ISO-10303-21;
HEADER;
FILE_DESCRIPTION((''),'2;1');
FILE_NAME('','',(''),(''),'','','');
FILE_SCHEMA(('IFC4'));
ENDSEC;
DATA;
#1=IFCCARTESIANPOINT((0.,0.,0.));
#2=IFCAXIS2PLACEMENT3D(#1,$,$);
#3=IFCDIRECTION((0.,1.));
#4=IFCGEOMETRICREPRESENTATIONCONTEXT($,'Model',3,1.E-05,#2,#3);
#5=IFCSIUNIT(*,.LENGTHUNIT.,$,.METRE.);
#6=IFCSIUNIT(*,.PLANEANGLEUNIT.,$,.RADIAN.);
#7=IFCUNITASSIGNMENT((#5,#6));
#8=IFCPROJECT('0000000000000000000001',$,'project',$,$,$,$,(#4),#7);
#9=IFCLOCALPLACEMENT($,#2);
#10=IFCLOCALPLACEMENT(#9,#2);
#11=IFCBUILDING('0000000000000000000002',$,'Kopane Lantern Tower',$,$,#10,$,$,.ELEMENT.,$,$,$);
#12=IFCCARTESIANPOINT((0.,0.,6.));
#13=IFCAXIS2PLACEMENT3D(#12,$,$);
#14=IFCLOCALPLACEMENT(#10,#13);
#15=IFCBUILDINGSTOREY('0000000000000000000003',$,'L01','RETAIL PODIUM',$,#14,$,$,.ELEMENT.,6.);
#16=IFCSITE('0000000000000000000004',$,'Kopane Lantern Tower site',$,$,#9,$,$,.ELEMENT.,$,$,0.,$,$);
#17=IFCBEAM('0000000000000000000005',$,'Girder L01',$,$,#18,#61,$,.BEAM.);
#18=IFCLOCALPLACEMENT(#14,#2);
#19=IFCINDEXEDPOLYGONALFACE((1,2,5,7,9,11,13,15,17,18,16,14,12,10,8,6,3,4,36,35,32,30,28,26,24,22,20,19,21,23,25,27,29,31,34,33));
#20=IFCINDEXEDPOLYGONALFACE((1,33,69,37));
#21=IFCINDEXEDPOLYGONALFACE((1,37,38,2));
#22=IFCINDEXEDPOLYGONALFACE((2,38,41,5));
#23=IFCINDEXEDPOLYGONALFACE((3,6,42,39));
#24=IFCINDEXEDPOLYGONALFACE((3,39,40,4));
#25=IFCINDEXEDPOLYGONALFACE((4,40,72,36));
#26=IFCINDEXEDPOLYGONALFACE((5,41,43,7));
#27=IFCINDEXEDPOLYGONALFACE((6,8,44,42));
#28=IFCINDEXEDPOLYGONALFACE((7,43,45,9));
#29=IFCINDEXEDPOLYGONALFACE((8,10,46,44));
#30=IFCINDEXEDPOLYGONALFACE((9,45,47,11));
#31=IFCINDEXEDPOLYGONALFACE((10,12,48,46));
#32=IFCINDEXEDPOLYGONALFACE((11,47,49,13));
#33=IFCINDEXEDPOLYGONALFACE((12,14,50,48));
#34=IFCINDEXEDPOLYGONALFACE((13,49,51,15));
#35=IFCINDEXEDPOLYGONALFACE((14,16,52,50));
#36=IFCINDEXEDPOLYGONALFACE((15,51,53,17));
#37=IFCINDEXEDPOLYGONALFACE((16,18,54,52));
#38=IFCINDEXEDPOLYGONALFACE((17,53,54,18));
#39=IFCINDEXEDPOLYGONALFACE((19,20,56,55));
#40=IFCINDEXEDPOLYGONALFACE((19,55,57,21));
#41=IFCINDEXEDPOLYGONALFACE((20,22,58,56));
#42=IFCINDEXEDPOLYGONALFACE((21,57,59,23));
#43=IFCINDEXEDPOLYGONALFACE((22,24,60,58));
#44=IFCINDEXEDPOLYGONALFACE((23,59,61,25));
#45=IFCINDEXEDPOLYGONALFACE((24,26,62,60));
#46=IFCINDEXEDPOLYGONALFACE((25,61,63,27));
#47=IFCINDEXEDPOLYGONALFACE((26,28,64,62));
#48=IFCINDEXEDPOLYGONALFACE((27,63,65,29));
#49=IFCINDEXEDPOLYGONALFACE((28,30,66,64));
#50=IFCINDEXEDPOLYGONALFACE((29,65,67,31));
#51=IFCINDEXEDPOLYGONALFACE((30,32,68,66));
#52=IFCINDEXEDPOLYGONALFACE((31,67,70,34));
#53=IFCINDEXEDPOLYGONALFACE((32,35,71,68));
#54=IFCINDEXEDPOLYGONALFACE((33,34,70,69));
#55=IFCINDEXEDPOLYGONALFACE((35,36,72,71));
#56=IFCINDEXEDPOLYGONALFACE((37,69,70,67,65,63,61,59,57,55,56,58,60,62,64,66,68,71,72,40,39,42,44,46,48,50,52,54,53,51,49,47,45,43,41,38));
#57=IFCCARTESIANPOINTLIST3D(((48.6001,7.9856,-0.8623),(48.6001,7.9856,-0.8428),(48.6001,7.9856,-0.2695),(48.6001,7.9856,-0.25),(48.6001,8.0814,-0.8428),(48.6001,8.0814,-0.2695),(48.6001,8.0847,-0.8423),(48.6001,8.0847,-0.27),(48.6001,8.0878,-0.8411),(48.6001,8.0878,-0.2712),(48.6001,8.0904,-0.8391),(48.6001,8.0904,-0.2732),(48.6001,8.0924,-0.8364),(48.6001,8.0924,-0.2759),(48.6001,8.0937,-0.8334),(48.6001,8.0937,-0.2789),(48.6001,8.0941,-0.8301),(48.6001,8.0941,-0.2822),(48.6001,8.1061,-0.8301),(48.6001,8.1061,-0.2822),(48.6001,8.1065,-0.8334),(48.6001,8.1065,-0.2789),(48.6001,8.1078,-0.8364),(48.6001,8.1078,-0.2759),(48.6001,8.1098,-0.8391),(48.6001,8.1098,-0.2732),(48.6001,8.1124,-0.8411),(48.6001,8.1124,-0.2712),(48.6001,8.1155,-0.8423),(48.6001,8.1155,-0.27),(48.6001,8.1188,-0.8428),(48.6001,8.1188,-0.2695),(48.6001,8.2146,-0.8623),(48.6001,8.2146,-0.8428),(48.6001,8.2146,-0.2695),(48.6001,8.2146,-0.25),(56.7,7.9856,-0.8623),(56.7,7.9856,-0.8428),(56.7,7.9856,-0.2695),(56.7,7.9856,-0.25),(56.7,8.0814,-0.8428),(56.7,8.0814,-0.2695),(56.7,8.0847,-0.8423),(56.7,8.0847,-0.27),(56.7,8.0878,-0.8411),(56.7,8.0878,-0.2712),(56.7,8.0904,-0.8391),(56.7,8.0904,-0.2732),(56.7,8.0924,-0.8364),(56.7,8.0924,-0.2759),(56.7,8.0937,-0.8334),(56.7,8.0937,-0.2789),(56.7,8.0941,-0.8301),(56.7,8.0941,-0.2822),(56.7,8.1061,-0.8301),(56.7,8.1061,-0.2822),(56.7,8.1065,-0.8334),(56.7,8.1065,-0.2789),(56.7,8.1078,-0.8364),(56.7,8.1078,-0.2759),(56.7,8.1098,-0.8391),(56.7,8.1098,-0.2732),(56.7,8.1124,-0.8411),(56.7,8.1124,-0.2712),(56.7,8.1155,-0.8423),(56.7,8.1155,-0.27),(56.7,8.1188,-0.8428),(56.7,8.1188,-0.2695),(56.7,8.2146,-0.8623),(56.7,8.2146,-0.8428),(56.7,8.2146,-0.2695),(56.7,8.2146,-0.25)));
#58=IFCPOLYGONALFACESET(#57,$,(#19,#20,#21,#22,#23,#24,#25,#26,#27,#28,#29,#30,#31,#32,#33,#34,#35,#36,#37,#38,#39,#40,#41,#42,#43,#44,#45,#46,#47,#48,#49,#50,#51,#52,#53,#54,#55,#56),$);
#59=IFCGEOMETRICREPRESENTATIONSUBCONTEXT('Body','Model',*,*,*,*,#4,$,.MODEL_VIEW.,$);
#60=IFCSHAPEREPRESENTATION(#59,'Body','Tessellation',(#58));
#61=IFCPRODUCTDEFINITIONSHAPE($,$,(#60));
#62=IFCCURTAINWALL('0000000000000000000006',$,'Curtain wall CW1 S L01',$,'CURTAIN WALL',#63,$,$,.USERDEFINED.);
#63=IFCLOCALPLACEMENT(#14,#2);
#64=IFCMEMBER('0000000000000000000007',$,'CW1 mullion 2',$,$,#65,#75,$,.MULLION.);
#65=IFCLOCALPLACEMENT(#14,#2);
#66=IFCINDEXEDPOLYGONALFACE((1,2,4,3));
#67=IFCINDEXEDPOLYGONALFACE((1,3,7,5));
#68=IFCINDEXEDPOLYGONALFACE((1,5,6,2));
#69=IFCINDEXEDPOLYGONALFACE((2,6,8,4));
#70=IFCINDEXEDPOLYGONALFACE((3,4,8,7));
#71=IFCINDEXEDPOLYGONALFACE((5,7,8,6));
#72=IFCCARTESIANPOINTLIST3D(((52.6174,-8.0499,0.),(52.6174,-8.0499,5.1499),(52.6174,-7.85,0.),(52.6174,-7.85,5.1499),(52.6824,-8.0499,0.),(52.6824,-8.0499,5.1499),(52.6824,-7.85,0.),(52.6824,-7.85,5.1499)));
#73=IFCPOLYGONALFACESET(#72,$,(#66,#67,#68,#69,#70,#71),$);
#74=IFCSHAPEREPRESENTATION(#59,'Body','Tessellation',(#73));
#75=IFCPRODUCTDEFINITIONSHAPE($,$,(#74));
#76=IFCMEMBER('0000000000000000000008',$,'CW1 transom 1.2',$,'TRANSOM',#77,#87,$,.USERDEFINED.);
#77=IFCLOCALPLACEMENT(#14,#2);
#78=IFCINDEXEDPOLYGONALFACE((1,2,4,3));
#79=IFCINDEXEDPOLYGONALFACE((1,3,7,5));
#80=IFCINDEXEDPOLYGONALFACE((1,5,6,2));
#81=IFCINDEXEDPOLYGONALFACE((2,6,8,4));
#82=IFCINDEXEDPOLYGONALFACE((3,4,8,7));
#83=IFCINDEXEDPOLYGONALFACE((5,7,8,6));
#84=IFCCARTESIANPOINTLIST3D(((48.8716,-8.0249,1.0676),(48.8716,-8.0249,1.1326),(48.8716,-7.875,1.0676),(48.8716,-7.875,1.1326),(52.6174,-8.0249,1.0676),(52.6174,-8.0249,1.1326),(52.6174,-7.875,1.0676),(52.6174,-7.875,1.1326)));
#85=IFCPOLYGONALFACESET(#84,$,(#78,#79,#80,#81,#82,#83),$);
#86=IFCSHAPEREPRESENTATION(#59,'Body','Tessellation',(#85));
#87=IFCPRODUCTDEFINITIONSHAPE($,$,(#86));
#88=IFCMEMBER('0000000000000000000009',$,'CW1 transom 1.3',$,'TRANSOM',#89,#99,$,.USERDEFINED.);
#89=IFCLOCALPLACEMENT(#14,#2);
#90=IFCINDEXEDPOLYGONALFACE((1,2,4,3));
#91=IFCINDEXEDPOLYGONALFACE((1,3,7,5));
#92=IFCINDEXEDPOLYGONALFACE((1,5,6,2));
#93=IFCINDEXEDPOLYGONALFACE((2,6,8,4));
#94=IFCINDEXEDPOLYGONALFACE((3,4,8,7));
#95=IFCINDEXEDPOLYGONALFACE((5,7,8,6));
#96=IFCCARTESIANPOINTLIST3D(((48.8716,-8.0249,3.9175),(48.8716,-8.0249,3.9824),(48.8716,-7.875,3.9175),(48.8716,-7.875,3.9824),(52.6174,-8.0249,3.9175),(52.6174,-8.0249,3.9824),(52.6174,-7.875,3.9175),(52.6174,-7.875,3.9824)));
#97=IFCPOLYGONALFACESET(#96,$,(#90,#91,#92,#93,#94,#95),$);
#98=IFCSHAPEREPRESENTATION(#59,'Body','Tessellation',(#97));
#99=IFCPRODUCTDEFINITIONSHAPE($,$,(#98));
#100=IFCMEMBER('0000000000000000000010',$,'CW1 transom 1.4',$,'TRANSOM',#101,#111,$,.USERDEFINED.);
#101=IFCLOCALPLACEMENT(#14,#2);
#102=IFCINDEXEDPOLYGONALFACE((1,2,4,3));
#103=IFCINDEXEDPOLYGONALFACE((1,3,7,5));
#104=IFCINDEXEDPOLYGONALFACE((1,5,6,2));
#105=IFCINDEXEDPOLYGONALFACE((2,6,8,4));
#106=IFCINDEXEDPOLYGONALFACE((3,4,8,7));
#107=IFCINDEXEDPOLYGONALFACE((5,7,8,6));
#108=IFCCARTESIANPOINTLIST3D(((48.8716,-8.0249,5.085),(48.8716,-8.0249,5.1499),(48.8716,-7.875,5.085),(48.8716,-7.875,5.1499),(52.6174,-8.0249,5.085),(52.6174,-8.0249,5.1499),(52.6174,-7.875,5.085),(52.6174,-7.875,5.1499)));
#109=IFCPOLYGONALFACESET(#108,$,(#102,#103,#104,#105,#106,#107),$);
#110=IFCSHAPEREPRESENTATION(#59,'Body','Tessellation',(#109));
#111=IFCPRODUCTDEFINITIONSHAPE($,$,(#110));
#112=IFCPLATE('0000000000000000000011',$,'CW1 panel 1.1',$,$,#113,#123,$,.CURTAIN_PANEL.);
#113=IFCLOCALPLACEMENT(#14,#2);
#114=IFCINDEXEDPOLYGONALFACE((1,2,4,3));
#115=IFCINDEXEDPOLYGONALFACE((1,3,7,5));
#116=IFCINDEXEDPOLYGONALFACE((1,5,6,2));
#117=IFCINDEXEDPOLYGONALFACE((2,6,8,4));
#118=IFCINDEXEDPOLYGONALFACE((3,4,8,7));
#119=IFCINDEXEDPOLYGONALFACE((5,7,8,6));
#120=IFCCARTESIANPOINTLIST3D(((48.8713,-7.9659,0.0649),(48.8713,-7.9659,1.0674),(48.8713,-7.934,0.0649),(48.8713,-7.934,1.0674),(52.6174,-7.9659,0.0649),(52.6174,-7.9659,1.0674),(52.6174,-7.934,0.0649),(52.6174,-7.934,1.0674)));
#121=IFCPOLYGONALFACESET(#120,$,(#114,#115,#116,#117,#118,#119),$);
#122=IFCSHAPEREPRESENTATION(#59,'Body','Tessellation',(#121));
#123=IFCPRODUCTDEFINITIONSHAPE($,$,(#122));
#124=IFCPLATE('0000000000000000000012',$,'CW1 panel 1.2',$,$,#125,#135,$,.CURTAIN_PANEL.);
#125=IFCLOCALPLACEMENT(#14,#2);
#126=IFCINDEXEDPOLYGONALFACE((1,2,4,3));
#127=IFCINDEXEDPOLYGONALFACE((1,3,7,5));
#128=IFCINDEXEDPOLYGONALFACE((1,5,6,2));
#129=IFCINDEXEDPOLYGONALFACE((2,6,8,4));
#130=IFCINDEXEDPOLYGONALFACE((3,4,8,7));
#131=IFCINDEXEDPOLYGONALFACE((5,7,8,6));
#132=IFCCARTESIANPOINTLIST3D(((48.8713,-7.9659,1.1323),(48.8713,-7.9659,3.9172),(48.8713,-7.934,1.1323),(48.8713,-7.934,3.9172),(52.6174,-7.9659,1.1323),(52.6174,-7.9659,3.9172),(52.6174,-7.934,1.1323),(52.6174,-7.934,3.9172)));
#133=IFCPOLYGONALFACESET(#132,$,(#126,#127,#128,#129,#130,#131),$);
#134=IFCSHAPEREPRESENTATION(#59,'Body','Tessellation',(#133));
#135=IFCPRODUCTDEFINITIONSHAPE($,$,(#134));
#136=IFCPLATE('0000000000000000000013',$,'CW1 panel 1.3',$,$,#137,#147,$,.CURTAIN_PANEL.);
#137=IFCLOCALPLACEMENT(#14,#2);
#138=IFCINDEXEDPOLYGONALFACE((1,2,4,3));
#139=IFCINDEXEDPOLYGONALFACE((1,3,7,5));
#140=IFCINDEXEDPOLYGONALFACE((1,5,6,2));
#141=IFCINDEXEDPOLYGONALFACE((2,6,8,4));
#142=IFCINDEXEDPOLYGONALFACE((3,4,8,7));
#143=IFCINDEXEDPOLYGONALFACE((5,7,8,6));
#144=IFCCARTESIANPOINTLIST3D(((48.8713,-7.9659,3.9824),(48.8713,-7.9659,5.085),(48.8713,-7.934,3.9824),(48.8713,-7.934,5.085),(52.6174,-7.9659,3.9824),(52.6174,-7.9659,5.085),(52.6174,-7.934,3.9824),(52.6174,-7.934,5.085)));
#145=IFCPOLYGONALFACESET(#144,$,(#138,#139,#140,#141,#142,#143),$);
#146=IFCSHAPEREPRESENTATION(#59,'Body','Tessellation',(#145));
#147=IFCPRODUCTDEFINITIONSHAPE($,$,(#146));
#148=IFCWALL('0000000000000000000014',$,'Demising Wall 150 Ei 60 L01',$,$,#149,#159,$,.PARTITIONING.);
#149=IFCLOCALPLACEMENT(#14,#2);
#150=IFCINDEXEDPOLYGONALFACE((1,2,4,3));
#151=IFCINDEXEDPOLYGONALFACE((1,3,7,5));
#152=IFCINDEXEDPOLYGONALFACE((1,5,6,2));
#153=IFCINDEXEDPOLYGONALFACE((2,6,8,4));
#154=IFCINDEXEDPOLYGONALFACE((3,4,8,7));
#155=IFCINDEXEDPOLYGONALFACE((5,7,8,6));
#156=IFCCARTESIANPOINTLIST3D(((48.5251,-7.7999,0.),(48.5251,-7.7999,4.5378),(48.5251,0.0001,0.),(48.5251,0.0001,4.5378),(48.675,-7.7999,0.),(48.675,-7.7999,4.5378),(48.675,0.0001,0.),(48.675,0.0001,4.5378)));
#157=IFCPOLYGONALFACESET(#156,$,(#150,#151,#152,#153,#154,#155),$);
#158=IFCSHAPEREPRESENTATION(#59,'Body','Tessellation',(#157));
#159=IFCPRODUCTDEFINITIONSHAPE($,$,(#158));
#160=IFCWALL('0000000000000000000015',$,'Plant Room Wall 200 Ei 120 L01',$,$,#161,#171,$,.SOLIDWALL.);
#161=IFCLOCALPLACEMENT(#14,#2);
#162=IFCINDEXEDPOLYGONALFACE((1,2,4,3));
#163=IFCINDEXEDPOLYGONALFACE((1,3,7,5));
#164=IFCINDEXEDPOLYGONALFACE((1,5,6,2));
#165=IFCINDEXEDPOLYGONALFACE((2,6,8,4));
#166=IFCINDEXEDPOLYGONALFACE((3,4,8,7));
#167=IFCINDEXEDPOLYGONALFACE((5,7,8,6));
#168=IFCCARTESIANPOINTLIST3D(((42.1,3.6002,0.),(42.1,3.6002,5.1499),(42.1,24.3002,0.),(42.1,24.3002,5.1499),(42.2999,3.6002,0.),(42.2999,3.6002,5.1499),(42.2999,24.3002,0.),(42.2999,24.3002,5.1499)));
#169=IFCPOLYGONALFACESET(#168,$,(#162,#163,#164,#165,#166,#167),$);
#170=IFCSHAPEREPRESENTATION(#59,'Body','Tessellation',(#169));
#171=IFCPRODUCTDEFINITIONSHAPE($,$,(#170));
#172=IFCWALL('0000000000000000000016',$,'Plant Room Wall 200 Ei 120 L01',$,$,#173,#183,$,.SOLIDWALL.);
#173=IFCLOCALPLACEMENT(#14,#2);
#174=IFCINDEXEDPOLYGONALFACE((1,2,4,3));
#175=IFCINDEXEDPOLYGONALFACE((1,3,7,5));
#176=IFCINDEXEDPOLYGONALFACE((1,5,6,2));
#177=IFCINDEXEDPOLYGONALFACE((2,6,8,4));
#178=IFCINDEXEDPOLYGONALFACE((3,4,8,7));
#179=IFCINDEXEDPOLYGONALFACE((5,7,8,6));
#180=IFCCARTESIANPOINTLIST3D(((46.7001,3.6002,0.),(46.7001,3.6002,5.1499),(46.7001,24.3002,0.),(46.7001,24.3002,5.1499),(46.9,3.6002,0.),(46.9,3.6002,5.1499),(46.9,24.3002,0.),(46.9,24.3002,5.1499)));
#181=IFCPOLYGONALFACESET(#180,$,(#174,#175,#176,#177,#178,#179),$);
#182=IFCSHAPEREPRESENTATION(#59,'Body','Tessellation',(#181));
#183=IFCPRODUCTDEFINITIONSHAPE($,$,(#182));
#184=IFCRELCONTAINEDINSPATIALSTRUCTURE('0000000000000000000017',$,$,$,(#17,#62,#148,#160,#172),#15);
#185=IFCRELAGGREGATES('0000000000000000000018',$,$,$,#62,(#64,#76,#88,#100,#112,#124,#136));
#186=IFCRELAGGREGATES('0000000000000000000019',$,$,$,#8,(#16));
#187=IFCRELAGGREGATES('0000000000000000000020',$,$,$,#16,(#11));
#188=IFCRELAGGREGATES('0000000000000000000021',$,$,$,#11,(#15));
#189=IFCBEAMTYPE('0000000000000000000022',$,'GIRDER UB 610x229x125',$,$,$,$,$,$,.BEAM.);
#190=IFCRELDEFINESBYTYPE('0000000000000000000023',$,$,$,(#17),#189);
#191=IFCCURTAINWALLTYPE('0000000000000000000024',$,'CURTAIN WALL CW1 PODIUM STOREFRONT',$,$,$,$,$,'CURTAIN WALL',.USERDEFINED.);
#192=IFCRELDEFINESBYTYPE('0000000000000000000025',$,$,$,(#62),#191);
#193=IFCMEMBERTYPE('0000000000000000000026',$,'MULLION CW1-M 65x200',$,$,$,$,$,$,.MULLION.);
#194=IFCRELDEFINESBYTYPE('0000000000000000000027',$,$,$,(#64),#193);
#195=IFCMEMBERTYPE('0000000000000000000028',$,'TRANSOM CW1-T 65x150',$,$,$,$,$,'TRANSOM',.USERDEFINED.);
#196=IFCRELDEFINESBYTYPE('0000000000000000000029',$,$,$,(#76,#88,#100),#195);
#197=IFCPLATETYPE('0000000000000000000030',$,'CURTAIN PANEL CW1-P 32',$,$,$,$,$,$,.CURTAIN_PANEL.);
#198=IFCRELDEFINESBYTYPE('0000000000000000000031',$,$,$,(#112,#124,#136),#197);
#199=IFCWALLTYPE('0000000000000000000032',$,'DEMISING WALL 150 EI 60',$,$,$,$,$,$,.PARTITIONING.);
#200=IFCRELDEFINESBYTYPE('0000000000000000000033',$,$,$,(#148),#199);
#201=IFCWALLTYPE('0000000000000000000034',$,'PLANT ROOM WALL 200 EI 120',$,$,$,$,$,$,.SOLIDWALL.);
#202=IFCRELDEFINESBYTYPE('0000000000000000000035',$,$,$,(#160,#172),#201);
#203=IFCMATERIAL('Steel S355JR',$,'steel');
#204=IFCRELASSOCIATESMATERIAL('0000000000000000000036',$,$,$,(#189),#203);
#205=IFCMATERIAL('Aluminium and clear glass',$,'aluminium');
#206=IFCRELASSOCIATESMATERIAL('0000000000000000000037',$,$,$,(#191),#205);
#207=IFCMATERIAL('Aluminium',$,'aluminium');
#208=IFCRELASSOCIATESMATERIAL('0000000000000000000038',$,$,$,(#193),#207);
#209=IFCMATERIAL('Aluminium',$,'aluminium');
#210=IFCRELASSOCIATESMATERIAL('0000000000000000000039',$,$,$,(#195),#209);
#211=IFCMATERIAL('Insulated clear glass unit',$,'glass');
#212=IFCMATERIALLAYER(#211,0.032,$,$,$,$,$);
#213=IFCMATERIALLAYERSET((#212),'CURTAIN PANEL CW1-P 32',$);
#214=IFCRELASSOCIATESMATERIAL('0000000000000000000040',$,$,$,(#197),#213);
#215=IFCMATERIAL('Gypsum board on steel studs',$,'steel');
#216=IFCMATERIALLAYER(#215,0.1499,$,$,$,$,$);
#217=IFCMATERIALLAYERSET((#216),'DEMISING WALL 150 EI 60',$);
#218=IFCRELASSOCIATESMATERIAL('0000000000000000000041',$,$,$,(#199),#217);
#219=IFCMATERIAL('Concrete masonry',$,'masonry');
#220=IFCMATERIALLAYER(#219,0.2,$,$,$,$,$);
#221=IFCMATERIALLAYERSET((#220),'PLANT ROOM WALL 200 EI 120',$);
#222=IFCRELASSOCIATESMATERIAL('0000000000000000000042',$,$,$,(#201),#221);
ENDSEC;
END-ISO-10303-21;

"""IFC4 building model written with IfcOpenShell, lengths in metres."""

from ifc_helpers import new_model, si_unit, direction, frame, frame_2d, origin, origin_2d, place, context, subcontext, project, spatial, rectangle, i_section, extrude, material, layer, layer_set, material_profile, profile_set, type_object, element, aggregate, save


model = new_model("IFC4")

# Units and contexts
model_context = context("Model", 3, precision=1e-05, world=origin(), true_north=direction((0.0, 1.0)))
body_context = subcontext(model_context, "Body", "Model", "MODEL_VIEW")
ifc_project = project(units=[si_unit("LENGTHUNIT", "METRE"), si_unit("PLANEANGLEUNIT", "RADIAN")], contexts=[model_context])

# Site, building, storey
site_placement = place(None, origin())
site = spatial("IfcSite", under=ifc_project, at=site_placement, Name="Kopane Lantern Tower site", CompositionType="ELEMENT", RefElevation=0.0)
building_placement = place(site_placement, origin())
building = spatial("IfcBuilding", under=site, at=building_placement, Name="Kopane Lantern Tower", CompositionType="ELEMENT")
storey_placement = place(building_placement, frame((0.0, 0.0, 6.0)))
storey = spatial("IfcBuildingStorey", under=building, at=storey_placement, Name="L01", Description="RETAIL PODIUM", CompositionType="ELEMENT", Elevation=6.0)

# Beam
ifc_material_1 = material(Name="Steel S355JR", Category="steel")
ifc_material_profile_1 = material_profile(ifc_material_1, i_section(OverallWidth=0.229, OverallDepth=0.6123, WebThickness=0.012, FlangeThickness=0.0195, FilletRadius=0.0127, at=origin_2d()), Name="UB 610x229x125")
ifc_profile_set_1 = profile_set([ifc_material_profile_1], Name="Steel S355JR")
beam_type = type_object("IfcBeamType", Name="GIRDER UB 610x229x125", PredefinedType="BEAM", material=ifc_profile_set_1)
for number, where, z_axis, x_axis, name in (
    (1, (48.6001, 8.1001, -0.5562), (1.0, 0.0, 0.0), (0.0, 1.0, 0.0), "Girder L01"),
):
    element("IfcBeam", number, at=place(storey_placement, frame(where, z_axis=z_axis, x_axis=x_axis)), inside=storey, type_object=beam_type, Name=name, PredefinedType="BEAM", context=body_context, shape_type="SweptSolid", body=[
        extrude(i_section(OverallWidth=0.229, OverallDepth=0.6123, WebThickness=0.012, FlangeThickness=0.0195, FilletRadius=0.0127, at=origin_2d()), origin(), (0.0, 0.0, 1.0), 8.0999),
    ])

# Curtain wall, members, plates
ifc_material_2 = material(Name="Aluminium and clear glass", Category="aluminium")
curtain_wall_type = type_object("IfcCurtainWallType", Name="CURTAIN WALL CW1 PODIUM STOREFRONT", ElementType="CURTAIN WALL", PredefinedType="USERDEFINED", material=ifc_material_2)
curtain_wall_placement = place(storey_placement, origin())
curtain_wall = element("IfcCurtainWall", 2, at=curtain_wall_placement, inside=storey, type_object=curtain_wall_type, Name="Curtain wall CW1 S L01", ObjectType="CURTAIN WALL", PredefinedType="USERDEFINED")
ifc_material_3 = material(Name="Aluminium", Category="aluminium")
ifc_material_profile_2 = material_profile(ifc_material_3, rectangle(XDim=0.0649, YDim=0.2, at=origin_2d()), Name="AL 65x200")
ifc_profile_set_2 = profile_set([ifc_material_profile_2], Name="Aluminium")
member_type_1 = type_object("IfcMemberType", Name="MULLION CW1-M 65x200", PredefinedType="MULLION", material=ifc_profile_set_2)
member_1_placement = place(storey_placement, frame((52.6499, -7.95, 0.0), z_axis=(0.0, 0.0, 1.0), x_axis=(1.0, 0.0, 0.0)))
member_1 = element("IfcMember", 3, at=member_1_placement, type_object=member_type_1, Name="CW1 mullion 2", PredefinedType="MULLION", context=body_context, shape_type="SweptSolid", body=[
    extrude(rectangle(XDim=0.0649, YDim=0.2, at=origin_2d()), origin(), (0.0, 0.0, 1.0), 5.1499),
])
ifc_material_4 = material(Name="Aluminium", Category="aluminium")
ifc_material_profile_3 = material_profile(ifc_material_4, rectangle(XDim=0.1499, YDim=0.0649, at=origin_2d()), Name="AL 150x65")
ifc_profile_set_3 = profile_set([ifc_material_profile_3], Name="Aluminium")
member_type_2 = type_object("IfcMemberType", Name="TRANSOM CW1-T 65x150", ElementType="TRANSOM", PredefinedType="USERDEFINED", material=ifc_profile_set_3)
member_2_placement = place(storey_placement, frame((48.8716, -7.95, 1.1001), z_axis=(1.0, 0.0, 0.0), x_axis=(0.0, 1.0, 0.0)))
member_2 = element("IfcMember", 4, at=member_2_placement, type_object=member_type_2, Name="CW1 transom 1.2", ObjectType="TRANSOM", PredefinedType="USERDEFINED", context=body_context, shape_type="SweptSolid", body=[
    extrude(rectangle(XDim=0.1499, YDim=0.0649, at=origin_2d()), origin(), (0.0, 0.0, 1.0), 3.7458),
])
member_3_placement = place(storey_placement, frame((48.8716, -7.95, 3.95), z_axis=(1.0, 0.0, 0.0), x_axis=(0.0, 1.0, 0.0)))
member_3 = element("IfcMember", 5, at=member_3_placement, type_object=member_type_2, Name="CW1 transom 1.3", ObjectType="TRANSOM", PredefinedType="USERDEFINED", context=body_context, shape_type="SweptSolid", body=[
    extrude(rectangle(XDim=0.1499, YDim=0.0649, at=origin_2d()), origin(), (0.0, 0.0, 1.0), 3.7458),
])
member_4_placement = place(storey_placement, frame((48.8716, -7.95, 5.1174), z_axis=(1.0, 0.0, 0.0), x_axis=(0.0, 1.0, 0.0)))
member_4 = element("IfcMember", 6, at=member_4_placement, type_object=member_type_2, Name="CW1 transom 1.4", ObjectType="TRANSOM", PredefinedType="USERDEFINED", context=body_context, shape_type="SweptSolid", body=[
    extrude(rectangle(XDim=0.1499, YDim=0.0649, at=origin_2d()), origin(), (0.0, 0.0, 1.0), 3.7458),
])
ifc_material_5 = material(Name="Insulated clear glass unit", Category="glass")
ifc_layer_1 = layer(ifc_material_5, 0.032)
ifc_layer_set_1 = layer_set([ifc_layer_1], Name="CURTAIN PANEL CW1-P 32")
plate_type = type_object("IfcPlateType", Name="CURTAIN PANEL CW1-P 32", PredefinedType="CURTAIN_PANEL", material=ifc_layer_set_1)
plate_1_placement = place(storey_placement, frame((50.7444, -7.95, 0.0649), z_axis=(0.0, 0.0, 1.0), x_axis=(1.0, 0.0, 0.0)))
plate_1 = element("IfcPlate", 7, at=plate_1_placement, type_object=plate_type, Name="CW1 panel 1.1", PredefinedType="CURTAIN_PANEL", context=body_context, shape_type="SweptSolid", body=[
    extrude(rectangle(XDim=3.7461, YDim=0.032, at=origin_2d()), origin(), (0.0, 0.0, 1.0), 1.0024),
])
plate_2_placement = place(storey_placement, frame((50.7444, -7.95, 1.1323), z_axis=(0.0, 0.0, 1.0), x_axis=(1.0, 0.0, 0.0)))
plate_2 = element("IfcPlate", 8, at=plate_2_placement, type_object=plate_type, Name="CW1 panel 1.2", PredefinedType="CURTAIN_PANEL", context=body_context, shape_type="SweptSolid", body=[
    extrude(rectangle(XDim=3.7461, YDim=0.032, at=origin_2d()), origin(), (0.0, 0.0, 1.0), 2.7849),
])
plate_3_placement = place(storey_placement, frame((50.7444, -7.95, 3.9824), z_axis=(0.0, 0.0, 1.0), x_axis=(1.0, 0.0, 0.0)))
plate_3 = element("IfcPlate", 9, at=plate_3_placement, type_object=plate_type, Name="CW1 panel 1.3", PredefinedType="CURTAIN_PANEL", context=body_context, shape_type="SweptSolid", body=[
    extrude(rectangle(XDim=3.7461, YDim=0.032, at=origin_2d()), origin(), (0.0, 0.0, 1.0), 1.1025),
])
aggregate(curtain_wall, [member_1, member_2, member_3, member_4, plate_1, plate_2, plate_3])

# Walls
ifc_material_6 = material(Name="Gypsum board on steel studs", Category="steel")
ifc_layer_2 = layer(ifc_material_6, 0.1499)
ifc_layer_set_2 = layer_set([ifc_layer_2], Name="DEMISING WALL 150 EI 60")
wall_type_1 = type_object("IfcWallType", Name="DEMISING WALL 150 EI 60", PredefinedType="PARTITIONING", material=ifc_layer_set_2)
wall_placement = place(storey_placement, frame((48.6001, 0.0, 0.0), z_axis=(0.0, 0.0, 1.0), x_axis=(0.0, -1.0, 0.0)))
element("IfcWall", 10, at=wall_placement, inside=storey, type_object=wall_type_1, Name="Demising Wall 150 Ei 60 L01", PredefinedType="PARTITIONING", context=body_context, shape_type="SweptSolid", body=[
    extrude(rectangle(XDim=7.8, YDim=0.1499, at=frame_2d((3.8999, 0.0))), origin(), (0.0, 0.0, 1.0), 4.5378),
])
ifc_material_7 = material(Name="Concrete masonry", Category="masonry")
ifc_layer_3 = layer(ifc_material_7, 0.2)
ifc_layer_set_3 = layer_set([ifc_layer_3], Name="PLANT ROOM WALL 200 EI 120")
wall_type_2 = type_object("IfcWallType", Name="PLANT ROOM WALL 200 EI 120", PredefinedType="SOLIDWALL", material=ifc_layer_set_3)
for number, where, z_axis, x_axis, name in (
    (11, (42.2, 3.6001, 0.0), (0.0, 0.0, 1.0), (0.0, 1.0, 0.0), "Plant Room Wall 200 Ei 120 L01"),
    (12, (46.8, 3.6001, 0.0), (0.0, 0.0, 1.0), (0.0, 1.0, 0.0), "Plant Room Wall 200 Ei 120 L01"),
):
    element("IfcWall", number, at=place(storey_placement, frame(where, z_axis=z_axis, x_axis=x_axis)), inside=storey, type_object=wall_type_2, Name=name, PredefinedType="SOLIDWALL", context=body_context, shape_type="SweptSolid", body=[
        extrude(rectangle(XDim=20.7, YDim=0.2, at=frame_2d((10.3501, 0.0))), origin(), (0.0, 0.0, 1.0), 5.1499),
    ])

save(model, "model.ifc")
